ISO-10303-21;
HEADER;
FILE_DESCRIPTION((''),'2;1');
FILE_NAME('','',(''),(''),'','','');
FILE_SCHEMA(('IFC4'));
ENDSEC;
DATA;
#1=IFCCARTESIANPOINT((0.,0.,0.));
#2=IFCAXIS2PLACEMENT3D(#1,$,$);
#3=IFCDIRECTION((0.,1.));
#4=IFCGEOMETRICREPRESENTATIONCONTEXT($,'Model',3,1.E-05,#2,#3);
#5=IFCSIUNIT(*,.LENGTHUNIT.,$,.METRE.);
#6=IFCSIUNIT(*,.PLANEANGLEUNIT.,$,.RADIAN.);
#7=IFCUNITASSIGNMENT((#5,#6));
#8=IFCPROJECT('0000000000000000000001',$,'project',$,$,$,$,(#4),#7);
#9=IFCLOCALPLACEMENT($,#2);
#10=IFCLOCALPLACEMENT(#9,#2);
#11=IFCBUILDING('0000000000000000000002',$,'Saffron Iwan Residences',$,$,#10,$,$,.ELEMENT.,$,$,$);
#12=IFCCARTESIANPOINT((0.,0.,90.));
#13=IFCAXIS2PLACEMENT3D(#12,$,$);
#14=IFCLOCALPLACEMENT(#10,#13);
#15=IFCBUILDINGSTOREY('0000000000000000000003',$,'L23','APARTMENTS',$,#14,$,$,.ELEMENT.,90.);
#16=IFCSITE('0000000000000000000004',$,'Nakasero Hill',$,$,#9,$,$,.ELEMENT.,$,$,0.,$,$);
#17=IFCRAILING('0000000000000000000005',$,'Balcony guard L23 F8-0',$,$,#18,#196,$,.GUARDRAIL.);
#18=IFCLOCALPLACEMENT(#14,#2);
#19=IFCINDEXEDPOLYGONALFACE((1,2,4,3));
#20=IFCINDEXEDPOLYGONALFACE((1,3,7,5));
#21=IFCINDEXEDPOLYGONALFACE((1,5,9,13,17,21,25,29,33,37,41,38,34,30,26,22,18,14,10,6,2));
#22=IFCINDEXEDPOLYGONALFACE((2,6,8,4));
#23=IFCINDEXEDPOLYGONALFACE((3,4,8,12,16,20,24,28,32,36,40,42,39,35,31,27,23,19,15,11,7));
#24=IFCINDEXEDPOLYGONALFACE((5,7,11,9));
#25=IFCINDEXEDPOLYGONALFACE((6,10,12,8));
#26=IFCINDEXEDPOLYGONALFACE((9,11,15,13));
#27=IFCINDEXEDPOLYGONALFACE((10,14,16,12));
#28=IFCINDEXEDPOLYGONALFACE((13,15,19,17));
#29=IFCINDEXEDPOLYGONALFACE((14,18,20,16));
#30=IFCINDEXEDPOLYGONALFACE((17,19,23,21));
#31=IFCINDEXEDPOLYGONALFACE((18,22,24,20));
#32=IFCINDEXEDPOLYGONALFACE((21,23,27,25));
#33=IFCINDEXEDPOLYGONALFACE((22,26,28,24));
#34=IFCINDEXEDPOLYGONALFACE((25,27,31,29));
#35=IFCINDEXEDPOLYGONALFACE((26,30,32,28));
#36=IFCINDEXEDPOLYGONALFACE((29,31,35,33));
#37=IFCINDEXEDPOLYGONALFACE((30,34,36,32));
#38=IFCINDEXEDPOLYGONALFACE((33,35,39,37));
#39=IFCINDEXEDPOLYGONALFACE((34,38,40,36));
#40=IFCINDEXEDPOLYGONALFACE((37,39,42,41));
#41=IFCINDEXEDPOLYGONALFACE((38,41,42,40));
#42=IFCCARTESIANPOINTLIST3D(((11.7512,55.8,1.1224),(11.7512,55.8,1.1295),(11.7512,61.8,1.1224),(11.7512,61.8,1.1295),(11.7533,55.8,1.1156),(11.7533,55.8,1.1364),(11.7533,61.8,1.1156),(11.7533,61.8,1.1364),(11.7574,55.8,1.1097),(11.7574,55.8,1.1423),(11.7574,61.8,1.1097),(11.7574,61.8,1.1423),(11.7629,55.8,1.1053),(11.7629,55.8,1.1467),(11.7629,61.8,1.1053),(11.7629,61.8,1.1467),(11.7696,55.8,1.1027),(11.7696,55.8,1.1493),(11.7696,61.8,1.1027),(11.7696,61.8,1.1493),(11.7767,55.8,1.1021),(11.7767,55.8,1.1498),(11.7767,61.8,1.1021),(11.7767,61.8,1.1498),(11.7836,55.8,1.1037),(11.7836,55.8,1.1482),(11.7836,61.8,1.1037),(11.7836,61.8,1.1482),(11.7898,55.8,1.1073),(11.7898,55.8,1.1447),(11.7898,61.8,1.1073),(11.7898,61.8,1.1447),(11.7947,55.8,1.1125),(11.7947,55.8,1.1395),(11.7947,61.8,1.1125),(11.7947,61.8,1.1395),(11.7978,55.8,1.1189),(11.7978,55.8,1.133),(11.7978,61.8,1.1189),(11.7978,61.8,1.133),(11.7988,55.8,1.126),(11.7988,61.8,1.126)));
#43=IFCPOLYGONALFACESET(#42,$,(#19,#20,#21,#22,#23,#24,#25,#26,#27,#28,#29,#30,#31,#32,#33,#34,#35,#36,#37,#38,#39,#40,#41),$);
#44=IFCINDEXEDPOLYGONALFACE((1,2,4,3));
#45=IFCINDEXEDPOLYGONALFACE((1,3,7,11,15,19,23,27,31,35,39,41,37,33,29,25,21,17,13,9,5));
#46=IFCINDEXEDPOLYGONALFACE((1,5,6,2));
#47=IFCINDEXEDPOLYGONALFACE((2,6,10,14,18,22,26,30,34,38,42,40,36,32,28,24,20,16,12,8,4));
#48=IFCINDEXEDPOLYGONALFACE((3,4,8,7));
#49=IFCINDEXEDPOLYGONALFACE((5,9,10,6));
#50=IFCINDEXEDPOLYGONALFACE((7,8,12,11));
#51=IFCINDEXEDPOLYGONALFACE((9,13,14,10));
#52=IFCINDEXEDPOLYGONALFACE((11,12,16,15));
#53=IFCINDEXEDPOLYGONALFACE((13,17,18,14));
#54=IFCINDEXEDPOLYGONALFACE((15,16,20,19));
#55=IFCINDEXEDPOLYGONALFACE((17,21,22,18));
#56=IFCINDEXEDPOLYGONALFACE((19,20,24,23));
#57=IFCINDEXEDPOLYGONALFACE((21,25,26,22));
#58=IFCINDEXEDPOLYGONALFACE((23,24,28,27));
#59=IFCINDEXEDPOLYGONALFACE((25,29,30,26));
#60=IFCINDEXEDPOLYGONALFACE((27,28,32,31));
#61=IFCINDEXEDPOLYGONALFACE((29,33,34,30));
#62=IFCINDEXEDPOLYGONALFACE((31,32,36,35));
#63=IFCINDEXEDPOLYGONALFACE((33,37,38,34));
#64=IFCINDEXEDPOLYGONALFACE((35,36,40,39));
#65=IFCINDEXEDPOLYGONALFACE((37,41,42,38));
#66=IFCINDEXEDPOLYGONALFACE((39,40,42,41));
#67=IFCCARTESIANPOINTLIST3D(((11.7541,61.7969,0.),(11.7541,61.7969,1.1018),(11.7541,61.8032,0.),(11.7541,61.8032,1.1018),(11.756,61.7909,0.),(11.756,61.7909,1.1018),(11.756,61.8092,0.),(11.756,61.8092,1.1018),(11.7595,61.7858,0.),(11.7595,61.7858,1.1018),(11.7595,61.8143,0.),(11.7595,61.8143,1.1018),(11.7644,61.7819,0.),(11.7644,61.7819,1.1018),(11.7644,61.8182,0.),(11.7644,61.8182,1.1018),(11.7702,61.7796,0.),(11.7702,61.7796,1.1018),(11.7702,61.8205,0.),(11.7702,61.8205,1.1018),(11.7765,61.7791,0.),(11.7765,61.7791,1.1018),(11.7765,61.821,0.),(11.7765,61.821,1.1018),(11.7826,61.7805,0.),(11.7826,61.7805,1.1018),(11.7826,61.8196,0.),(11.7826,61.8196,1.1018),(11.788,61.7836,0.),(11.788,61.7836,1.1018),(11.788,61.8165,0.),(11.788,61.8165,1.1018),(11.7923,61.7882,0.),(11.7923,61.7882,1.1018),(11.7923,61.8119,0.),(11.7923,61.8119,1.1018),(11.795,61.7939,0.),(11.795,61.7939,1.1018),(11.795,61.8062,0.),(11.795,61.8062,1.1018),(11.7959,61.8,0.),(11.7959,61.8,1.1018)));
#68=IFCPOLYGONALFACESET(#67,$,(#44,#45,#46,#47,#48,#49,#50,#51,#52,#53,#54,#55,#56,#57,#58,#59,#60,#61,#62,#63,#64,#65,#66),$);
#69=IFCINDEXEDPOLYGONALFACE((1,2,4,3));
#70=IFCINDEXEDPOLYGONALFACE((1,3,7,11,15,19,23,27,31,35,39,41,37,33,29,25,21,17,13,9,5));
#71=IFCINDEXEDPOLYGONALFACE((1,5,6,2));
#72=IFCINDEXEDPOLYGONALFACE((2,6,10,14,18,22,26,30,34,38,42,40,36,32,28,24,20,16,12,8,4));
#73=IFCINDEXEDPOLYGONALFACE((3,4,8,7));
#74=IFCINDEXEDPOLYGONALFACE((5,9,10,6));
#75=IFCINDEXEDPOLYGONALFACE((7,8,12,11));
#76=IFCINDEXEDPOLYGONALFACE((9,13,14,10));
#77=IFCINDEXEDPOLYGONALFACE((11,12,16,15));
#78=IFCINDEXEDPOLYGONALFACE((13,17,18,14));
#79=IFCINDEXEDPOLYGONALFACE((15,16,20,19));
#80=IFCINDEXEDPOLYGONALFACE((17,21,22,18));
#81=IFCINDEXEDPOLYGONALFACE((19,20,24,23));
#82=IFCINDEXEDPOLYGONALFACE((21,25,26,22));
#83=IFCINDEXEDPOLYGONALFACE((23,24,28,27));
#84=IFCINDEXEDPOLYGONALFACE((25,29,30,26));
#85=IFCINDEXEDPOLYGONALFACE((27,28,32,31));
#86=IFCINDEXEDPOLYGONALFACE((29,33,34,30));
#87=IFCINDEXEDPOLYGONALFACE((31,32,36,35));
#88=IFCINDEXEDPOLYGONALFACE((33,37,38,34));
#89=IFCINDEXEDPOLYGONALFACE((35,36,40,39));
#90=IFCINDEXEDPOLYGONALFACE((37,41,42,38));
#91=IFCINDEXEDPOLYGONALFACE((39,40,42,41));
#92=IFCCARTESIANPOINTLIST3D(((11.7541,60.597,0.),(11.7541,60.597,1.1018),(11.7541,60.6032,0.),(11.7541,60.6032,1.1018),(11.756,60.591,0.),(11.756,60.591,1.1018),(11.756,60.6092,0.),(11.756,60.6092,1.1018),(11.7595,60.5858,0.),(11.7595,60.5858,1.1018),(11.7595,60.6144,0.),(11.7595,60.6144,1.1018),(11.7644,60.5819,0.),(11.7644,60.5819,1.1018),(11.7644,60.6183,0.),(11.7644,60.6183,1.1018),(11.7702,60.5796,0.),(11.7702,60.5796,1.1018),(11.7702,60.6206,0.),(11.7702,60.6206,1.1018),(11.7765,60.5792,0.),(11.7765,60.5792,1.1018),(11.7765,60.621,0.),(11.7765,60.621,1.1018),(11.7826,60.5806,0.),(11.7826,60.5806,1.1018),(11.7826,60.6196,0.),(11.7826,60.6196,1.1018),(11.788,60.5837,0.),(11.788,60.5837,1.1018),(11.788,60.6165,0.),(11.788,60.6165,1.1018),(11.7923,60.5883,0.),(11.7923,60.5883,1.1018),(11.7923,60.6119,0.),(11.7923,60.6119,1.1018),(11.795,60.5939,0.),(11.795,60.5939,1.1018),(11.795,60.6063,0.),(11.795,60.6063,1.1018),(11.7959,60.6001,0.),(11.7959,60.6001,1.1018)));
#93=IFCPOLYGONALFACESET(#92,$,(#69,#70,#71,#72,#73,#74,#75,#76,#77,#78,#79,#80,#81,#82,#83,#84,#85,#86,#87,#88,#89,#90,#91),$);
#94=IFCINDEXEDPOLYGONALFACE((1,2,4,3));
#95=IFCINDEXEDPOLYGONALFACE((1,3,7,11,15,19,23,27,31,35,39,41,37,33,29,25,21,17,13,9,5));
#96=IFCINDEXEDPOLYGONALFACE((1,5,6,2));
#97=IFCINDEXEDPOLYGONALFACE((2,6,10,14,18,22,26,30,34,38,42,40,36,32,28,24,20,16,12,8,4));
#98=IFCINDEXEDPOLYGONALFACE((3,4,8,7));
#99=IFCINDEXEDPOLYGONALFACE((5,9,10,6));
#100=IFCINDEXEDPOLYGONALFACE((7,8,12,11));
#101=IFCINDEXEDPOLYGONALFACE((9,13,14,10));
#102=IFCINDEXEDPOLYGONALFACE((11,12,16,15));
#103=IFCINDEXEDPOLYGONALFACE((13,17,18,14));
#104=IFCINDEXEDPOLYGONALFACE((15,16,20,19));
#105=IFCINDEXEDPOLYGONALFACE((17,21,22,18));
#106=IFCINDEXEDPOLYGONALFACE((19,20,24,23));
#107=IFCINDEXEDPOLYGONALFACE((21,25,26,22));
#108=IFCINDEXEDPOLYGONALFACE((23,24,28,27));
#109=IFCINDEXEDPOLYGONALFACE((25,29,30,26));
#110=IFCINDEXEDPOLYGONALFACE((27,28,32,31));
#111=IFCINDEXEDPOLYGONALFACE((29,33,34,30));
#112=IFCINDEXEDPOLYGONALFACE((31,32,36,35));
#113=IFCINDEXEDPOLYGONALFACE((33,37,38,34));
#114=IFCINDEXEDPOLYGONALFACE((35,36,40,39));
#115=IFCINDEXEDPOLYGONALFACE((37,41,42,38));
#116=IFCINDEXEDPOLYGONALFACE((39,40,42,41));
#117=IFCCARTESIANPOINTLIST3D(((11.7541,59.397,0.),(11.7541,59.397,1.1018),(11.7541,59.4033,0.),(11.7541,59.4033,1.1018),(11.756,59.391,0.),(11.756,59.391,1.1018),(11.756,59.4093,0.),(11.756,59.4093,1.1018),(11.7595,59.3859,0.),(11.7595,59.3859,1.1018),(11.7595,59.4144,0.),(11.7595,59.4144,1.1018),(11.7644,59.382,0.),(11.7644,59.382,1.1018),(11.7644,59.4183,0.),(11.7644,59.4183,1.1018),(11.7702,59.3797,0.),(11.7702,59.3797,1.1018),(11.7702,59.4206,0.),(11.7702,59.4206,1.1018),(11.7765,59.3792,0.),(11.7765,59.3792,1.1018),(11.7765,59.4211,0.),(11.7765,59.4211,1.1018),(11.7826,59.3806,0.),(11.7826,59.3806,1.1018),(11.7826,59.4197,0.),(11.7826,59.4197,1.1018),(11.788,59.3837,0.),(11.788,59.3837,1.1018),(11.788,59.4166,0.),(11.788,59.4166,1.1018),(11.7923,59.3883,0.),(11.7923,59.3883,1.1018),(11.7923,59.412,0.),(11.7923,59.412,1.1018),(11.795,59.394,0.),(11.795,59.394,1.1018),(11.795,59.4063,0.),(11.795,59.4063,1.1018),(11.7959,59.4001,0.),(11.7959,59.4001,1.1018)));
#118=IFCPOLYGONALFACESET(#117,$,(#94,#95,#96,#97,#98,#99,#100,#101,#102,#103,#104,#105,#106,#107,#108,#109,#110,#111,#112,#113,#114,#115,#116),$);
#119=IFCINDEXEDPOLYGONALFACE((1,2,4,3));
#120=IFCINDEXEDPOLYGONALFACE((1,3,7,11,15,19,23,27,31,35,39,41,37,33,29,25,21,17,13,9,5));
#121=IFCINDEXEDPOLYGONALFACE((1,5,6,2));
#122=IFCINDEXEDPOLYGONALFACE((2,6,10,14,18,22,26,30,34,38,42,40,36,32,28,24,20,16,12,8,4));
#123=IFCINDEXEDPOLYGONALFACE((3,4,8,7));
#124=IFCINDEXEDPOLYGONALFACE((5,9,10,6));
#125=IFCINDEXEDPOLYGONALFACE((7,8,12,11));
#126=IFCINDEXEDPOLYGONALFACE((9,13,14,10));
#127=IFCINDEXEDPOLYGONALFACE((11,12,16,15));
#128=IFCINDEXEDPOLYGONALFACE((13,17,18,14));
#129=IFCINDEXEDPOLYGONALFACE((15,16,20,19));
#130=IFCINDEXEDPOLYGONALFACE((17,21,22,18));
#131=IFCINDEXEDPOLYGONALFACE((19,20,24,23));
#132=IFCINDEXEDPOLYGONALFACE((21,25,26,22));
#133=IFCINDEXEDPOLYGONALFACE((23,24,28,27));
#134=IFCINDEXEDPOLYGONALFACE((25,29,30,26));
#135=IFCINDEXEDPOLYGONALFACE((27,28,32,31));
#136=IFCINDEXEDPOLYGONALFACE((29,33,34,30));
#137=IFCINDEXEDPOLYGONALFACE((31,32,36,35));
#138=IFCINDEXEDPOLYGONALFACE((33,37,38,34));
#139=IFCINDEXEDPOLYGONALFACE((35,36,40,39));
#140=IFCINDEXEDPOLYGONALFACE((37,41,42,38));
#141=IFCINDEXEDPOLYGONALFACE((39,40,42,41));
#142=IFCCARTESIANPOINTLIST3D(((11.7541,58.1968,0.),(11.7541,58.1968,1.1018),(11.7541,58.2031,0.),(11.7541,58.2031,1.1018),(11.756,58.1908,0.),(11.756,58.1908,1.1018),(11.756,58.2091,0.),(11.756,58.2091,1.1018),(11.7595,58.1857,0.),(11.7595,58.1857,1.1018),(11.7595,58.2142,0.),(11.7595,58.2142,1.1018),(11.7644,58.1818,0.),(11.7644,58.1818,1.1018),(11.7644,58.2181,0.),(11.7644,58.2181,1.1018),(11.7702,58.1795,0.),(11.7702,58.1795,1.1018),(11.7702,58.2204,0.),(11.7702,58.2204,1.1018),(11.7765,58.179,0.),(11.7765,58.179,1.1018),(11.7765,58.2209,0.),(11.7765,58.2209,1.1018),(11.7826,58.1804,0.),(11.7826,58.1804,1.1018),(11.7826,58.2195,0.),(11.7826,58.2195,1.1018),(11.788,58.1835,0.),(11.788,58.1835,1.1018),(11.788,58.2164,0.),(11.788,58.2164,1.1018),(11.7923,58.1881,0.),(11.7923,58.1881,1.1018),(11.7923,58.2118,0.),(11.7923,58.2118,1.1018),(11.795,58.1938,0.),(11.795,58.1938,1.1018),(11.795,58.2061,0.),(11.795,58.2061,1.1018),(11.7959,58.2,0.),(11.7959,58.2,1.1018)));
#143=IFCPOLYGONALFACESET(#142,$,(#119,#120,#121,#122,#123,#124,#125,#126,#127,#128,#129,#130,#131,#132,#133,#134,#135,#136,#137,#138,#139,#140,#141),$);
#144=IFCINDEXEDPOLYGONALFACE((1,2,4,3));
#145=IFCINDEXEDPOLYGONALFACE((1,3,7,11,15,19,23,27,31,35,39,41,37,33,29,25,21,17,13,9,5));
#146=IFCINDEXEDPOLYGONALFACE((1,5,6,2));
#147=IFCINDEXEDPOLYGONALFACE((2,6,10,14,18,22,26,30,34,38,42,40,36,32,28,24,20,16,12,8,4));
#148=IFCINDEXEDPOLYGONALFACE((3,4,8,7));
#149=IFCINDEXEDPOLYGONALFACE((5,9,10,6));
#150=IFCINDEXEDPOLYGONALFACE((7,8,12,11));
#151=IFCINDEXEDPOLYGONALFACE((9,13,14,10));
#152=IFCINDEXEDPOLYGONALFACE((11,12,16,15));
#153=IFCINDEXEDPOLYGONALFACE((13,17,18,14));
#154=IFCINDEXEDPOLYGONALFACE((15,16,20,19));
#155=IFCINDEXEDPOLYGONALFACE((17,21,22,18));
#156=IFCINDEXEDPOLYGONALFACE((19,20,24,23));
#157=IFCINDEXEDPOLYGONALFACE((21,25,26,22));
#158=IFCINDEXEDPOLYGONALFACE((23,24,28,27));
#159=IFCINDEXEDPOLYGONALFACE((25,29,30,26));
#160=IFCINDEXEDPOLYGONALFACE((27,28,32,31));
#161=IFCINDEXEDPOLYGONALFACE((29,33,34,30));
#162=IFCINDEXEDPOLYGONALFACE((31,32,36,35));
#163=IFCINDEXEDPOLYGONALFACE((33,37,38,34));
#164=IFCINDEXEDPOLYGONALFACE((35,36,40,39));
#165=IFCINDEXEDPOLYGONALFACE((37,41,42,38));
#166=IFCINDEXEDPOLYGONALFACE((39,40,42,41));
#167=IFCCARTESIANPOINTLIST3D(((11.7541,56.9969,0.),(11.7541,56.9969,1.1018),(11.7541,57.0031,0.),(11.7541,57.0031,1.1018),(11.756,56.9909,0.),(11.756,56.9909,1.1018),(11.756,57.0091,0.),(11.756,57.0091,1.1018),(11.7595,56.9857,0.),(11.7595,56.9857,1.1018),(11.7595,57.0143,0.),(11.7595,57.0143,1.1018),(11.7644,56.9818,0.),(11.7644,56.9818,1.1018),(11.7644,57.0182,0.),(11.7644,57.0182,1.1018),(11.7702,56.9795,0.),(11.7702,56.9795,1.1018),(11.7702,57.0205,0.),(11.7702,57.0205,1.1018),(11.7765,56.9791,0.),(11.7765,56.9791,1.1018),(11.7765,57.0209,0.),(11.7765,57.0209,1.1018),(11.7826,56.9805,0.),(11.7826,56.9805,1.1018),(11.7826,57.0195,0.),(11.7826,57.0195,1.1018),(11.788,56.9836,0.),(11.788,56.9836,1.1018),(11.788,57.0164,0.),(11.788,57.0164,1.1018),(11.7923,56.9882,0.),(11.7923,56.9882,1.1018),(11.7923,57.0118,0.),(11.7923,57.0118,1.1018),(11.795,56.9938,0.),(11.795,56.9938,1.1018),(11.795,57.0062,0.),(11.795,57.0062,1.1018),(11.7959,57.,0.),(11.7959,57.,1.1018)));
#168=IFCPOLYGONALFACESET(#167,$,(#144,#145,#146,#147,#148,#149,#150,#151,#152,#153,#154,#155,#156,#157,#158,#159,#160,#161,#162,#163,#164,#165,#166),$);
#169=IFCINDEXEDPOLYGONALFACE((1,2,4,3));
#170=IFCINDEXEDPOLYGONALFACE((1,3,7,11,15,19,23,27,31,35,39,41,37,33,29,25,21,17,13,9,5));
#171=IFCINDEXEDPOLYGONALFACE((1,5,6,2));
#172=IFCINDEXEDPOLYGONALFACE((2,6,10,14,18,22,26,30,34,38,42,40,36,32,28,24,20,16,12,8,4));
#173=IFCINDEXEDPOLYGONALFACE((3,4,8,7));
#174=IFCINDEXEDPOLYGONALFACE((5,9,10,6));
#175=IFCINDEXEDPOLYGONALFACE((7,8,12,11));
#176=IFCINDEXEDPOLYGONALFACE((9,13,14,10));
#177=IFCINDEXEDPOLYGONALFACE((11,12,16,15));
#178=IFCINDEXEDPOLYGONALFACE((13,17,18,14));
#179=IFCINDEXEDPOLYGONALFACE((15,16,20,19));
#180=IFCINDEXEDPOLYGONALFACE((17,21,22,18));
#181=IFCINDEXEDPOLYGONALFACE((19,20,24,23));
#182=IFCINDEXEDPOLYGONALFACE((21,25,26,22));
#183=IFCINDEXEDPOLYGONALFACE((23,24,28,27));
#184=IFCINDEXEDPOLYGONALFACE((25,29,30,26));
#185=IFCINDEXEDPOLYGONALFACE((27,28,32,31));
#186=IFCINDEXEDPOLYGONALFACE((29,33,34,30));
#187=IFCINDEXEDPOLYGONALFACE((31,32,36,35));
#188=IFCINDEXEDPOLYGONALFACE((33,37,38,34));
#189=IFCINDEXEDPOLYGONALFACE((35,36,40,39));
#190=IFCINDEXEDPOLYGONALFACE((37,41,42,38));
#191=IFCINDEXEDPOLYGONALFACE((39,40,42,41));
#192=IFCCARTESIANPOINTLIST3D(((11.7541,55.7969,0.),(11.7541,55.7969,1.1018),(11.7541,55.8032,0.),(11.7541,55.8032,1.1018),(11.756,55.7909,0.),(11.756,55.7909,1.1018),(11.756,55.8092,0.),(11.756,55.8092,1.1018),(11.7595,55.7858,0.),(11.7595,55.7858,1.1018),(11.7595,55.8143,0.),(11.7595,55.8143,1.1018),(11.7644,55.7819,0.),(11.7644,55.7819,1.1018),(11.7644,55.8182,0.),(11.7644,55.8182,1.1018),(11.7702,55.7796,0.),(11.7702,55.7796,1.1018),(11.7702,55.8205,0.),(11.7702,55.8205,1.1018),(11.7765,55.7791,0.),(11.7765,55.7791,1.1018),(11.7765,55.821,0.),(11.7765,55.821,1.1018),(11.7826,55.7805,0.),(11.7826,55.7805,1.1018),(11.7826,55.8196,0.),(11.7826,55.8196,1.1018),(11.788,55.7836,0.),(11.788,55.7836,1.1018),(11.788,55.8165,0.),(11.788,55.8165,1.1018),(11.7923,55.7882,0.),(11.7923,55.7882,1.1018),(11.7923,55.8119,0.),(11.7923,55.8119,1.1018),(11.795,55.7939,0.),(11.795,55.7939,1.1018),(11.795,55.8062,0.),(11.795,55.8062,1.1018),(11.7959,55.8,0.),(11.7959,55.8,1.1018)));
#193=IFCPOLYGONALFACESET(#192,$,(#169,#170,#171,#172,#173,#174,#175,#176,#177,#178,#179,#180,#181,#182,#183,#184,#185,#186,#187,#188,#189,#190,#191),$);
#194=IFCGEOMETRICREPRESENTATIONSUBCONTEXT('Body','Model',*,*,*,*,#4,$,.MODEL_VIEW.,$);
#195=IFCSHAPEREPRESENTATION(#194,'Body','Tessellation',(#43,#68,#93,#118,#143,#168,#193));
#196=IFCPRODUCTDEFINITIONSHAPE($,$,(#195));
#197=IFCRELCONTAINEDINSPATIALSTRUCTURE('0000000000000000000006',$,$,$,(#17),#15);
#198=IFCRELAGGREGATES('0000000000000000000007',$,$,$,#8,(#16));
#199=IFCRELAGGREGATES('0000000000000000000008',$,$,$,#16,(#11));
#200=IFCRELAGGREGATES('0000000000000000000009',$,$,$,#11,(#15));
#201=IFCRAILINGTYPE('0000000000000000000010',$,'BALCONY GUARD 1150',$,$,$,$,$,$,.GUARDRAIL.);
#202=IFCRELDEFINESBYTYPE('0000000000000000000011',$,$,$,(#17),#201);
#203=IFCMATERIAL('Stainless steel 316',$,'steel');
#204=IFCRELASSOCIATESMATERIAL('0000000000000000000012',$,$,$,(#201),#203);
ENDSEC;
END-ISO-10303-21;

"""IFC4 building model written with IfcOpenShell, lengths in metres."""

from ifc_helpers import new_model, si_unit, direction, frame, origin, origin_2d, place, context, subcontext, project, spatial, circle, extrude, material, type_object, element, save


model = new_model("IFC4")

# Units and contexts
model_context = context("Model", 3, precision=1e-05, world=origin(), true_north=direction((0.0, 1.0)))
body_context = subcontext(model_context, "Body", "Model", "MODEL_VIEW")
ifc_project = project(units=[si_unit("LENGTHUNIT", "METRE"), si_unit("PLANEANGLEUNIT", "RADIAN")], contexts=[model_context])

# Site, building, storey
site_placement = place(None, origin())
site = spatial("IfcSite", under=ifc_project, at=site_placement, Name="Nakasero Hill", CompositionType="ELEMENT", RefElevation=0.0)
building_placement = place(site_placement, origin())
building = spatial("IfcBuilding", under=site, at=building_placement, Name="Saffron Iwan Residences", CompositionType="ELEMENT")
storey_placement = place(building_placement, frame((0.0, 0.0, 90.0)))
storey = spatial("IfcBuildingStorey", under=building, at=storey_placement, Name="L23", Description="APARTMENTS", CompositionType="ELEMENT", Elevation=90.0)

# Railing
ifc_material_1 = material(Name="Stainless steel 316", Category="steel")
railing_type = type_object("IfcRailingType", Name="BALCONY GUARD 1150", PredefinedType="GUARDRAIL", material=ifc_material_1)
railing_placement = place(storey_placement, frame((11.7749, 61.8, 0.0)))
element("IfcRailing", 1, at=railing_placement, inside=storey, type_object=railing_type, Name="Balcony guard L23 F8-0", PredefinedType="GUARDRAIL", context=body_context, shape_type="SweptSolid", body=[
    extrude(circle(Radius=0.0239, at=origin_2d()), frame((0.0, 0.0, 1.126), z_axis=(0.0, -1.0, 0.0), x_axis=(1.0, 0.0, 0.0)), (0.0, 0.0, 1.0), 6.0),
    extrude(circle(Radius=0.021, at=origin_2d()), origin(), (0.0, 0.0, 1.0), 1.1018),
    extrude(circle(Radius=0.021, at=origin_2d()), frame((0.0, -1.2, 0.0)), (0.0, 0.0, 1.0), 1.1018),
    extrude(circle(Radius=0.021, at=origin_2d()), frame((0.0, -2.3999, 0.0)), (0.0, 0.0, 1.0), 1.1018),
    extrude(circle(Radius=0.021, at=origin_2d()), frame((0.0, -3.6001, 0.0)), (0.0, 0.0, 1.0), 1.1018),
    extrude(circle(Radius=0.021, at=origin_2d()), frame((0.0, -4.8, 0.0)), (0.0, 0.0, 1.0), 1.1018),
    extrude(circle(Radius=0.021, at=origin_2d()), frame((0.0, -6.0, 0.0)), (0.0, 0.0, 1.0), 1.1018),
])

save(model, "model.ifc")
